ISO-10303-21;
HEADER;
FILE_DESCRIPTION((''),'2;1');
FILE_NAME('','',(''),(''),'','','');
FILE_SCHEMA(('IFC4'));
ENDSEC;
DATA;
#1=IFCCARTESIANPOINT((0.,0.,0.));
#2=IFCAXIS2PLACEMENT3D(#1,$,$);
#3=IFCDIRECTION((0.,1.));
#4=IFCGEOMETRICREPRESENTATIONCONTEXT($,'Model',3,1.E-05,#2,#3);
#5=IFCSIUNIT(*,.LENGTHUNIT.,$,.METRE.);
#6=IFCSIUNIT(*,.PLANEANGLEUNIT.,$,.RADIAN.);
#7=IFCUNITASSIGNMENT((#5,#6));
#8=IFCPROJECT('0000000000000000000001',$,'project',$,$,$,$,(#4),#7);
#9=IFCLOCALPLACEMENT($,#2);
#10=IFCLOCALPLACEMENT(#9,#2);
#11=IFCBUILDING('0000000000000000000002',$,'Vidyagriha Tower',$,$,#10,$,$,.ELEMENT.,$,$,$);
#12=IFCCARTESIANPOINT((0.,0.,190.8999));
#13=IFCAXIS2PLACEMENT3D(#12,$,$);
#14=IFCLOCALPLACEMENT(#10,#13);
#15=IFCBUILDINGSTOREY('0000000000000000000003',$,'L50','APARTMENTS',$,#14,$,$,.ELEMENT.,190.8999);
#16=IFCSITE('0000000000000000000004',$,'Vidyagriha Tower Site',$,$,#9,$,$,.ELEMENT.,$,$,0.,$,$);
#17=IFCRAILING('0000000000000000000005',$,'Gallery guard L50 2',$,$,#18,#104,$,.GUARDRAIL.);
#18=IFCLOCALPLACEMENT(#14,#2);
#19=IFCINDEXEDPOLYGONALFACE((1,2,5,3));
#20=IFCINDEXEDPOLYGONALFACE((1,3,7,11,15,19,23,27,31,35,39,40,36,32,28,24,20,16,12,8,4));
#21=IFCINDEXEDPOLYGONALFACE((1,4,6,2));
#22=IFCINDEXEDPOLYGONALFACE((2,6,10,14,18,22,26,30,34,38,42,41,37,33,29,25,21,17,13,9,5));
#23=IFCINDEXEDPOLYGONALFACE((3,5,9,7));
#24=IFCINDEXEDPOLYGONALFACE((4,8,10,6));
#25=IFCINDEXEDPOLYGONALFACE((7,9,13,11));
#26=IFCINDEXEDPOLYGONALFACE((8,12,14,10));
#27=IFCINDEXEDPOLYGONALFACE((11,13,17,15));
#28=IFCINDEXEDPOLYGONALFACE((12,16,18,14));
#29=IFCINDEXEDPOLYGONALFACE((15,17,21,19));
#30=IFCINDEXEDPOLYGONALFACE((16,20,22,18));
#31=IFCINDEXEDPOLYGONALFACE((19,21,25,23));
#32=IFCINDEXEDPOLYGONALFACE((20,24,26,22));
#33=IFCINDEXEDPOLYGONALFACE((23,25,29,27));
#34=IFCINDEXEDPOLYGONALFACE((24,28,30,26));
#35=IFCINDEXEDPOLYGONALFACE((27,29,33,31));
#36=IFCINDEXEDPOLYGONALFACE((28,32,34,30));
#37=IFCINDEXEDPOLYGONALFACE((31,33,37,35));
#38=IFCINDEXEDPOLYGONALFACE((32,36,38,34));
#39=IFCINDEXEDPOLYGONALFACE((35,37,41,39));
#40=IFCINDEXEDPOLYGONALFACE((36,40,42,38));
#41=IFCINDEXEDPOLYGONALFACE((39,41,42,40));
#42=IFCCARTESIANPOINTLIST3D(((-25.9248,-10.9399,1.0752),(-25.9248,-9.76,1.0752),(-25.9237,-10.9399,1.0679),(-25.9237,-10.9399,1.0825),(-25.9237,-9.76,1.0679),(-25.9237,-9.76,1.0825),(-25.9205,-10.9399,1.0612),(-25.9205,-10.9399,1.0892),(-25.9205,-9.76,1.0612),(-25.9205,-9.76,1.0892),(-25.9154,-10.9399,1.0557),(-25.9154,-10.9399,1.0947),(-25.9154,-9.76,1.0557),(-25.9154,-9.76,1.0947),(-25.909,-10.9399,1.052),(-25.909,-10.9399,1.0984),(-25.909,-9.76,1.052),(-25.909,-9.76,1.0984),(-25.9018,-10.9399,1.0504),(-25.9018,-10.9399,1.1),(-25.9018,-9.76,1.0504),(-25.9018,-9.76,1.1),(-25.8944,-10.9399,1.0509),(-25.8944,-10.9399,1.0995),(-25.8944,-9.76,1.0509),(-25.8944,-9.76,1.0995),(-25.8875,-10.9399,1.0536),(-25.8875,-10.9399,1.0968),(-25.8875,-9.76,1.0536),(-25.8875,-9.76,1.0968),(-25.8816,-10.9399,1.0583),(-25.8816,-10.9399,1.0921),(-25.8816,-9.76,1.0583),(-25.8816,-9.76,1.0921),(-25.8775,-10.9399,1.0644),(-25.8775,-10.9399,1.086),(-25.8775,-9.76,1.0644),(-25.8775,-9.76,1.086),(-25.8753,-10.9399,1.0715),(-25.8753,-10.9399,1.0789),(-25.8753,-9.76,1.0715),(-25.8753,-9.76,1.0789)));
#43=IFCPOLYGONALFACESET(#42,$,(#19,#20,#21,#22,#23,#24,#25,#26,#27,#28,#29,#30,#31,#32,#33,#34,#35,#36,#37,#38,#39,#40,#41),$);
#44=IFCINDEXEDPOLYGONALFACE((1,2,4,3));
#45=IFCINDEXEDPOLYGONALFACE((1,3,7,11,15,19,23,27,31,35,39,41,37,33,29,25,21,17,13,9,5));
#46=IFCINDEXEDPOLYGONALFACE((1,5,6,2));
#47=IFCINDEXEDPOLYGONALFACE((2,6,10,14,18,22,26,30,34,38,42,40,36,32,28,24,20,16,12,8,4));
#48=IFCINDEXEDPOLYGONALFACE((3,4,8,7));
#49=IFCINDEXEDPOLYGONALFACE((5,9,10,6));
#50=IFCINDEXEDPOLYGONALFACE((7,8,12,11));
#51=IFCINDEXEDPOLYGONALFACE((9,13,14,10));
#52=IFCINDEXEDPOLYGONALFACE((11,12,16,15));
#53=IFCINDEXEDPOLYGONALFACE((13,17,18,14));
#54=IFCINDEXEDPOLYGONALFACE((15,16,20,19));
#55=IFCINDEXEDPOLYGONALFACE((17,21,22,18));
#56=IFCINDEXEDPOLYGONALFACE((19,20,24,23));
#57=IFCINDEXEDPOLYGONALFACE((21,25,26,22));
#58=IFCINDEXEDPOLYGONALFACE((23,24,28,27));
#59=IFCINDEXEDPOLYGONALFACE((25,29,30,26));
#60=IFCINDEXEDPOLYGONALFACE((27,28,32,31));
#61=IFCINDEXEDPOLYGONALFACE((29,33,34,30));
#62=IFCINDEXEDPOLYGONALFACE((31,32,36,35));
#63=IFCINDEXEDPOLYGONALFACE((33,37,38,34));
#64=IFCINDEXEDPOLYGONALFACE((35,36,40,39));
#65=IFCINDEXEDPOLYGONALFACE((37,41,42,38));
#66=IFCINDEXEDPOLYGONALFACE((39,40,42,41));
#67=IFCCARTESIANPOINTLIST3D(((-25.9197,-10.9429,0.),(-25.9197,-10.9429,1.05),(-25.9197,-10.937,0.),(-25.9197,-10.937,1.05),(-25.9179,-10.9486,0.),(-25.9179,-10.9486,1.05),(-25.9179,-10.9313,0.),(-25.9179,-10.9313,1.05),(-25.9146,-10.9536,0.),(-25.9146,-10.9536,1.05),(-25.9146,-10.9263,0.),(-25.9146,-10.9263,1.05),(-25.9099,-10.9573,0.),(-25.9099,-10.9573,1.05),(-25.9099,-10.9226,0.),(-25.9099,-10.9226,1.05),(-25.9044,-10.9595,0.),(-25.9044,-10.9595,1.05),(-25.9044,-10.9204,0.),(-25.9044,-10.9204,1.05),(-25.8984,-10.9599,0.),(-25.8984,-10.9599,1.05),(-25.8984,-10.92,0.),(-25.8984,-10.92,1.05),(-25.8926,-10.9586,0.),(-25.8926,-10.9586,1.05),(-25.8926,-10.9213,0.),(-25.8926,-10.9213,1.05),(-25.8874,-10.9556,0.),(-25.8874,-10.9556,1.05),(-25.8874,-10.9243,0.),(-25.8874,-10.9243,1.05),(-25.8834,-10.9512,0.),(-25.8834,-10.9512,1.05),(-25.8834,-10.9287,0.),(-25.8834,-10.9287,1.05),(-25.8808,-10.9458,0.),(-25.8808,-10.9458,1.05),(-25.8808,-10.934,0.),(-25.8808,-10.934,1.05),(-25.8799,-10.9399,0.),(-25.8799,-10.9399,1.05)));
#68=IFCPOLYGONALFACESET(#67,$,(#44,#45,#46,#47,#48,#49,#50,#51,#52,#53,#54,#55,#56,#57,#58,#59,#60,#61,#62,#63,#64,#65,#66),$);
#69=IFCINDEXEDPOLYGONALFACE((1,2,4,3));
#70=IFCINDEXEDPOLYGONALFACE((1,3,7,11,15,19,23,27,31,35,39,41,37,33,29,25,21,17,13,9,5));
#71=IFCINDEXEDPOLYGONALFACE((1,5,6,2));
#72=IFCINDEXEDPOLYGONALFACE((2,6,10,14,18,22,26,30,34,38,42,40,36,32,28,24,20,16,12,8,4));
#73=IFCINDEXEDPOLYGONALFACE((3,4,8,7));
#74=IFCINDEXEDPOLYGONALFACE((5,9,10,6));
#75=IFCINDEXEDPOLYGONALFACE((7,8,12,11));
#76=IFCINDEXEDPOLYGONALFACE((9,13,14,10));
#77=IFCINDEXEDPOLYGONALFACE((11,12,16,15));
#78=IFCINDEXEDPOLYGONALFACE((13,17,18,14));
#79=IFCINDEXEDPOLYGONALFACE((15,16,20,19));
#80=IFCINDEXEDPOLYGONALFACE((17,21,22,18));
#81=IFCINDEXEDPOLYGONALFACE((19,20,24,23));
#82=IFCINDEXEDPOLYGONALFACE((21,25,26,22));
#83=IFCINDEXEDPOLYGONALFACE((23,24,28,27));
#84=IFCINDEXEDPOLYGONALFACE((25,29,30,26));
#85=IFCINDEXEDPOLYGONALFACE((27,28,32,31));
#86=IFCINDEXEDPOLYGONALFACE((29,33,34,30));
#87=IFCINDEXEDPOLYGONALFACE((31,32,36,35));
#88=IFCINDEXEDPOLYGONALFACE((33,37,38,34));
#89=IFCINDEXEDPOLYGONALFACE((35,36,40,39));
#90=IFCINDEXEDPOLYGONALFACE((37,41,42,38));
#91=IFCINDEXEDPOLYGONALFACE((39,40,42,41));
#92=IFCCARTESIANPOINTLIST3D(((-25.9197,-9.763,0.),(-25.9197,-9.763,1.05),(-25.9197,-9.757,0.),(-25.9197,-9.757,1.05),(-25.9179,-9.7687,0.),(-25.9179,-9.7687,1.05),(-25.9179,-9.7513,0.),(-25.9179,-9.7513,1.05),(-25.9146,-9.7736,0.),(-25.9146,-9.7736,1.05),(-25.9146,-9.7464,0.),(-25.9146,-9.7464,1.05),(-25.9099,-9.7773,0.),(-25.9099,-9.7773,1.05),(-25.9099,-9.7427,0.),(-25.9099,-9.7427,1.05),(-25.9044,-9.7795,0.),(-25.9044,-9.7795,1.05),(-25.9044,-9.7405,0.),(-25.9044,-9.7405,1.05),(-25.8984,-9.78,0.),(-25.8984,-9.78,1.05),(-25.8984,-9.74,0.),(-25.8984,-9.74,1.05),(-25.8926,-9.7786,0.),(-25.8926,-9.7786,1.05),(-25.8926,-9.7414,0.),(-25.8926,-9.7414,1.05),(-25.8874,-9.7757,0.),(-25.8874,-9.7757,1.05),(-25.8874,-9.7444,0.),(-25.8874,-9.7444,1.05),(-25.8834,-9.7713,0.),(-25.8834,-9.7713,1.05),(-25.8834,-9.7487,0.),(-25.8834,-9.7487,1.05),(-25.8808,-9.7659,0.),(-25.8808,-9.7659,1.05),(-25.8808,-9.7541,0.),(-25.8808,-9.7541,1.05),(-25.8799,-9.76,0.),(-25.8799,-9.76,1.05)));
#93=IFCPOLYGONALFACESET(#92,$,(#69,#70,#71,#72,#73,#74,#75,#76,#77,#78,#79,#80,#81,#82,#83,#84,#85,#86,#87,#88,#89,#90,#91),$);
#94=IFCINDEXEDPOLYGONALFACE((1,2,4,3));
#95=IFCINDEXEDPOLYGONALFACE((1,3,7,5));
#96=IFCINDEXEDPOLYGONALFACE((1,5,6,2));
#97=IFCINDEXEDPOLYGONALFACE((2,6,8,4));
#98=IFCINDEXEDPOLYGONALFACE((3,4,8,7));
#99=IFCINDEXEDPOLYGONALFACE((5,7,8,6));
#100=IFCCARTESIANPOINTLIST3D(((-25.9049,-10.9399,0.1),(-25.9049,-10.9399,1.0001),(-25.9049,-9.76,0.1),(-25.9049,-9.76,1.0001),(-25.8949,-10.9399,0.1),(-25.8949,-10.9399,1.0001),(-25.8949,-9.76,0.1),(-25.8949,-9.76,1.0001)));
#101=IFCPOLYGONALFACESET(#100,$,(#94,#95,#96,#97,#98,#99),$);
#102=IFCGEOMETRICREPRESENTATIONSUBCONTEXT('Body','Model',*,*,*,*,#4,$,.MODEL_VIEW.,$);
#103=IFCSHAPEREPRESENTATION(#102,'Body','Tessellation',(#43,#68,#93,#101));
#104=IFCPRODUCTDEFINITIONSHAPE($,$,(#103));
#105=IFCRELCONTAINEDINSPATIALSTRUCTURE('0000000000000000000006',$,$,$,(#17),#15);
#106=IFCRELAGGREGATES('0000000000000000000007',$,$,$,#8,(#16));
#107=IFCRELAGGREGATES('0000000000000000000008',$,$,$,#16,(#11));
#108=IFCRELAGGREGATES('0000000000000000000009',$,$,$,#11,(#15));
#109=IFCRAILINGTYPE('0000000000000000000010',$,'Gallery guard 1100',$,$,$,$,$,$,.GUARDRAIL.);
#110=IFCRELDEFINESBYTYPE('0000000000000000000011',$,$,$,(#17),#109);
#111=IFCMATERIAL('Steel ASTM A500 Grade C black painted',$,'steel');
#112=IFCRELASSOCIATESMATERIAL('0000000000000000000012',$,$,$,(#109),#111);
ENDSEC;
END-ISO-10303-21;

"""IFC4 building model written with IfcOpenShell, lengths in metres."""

from ifc_helpers import new_model, si_unit, direction, frame, origin, origin_2d, place, context, subcontext, project, spatial, rectangle, circle, extrude, material, type_object, element, save


model = new_model("IFC4")

# Units and contexts
model_context = context("Model", 3, precision=1e-05, world=origin(), true_north=direction((0.0, 1.0)))
body_context = subcontext(model_context, "Body", "Model", "MODEL_VIEW")
ifc_project = project(units=[si_unit("LENGTHUNIT", "METRE"), si_unit("PLANEANGLEUNIT", "RADIAN")], contexts=[model_context])

# Site, building, storey
site_placement = place(None, origin())
site = spatial("IfcSite", under=ifc_project, at=site_placement, Name="Vidyagriha Tower Site", CompositionType="ELEMENT", RefElevation=0.0)
building_placement = place(site_placement, origin())
building = spatial("IfcBuilding", under=site, at=building_placement, Name="Vidyagriha Tower", CompositionType="ELEMENT")
storey_placement = place(building_placement, frame((0.0, 0.0, 190.8999)))
storey = spatial("IfcBuildingStorey", under=building, at=storey_placement, Name="L50", Description="APARTMENTS", CompositionType="ELEMENT", Elevation=190.8999)

# Railing
ifc_material_1 = material(Name="Steel ASTM A500 Grade C black painted", Category="steel")
railing_type_1 = type_object("IfcRailingType", Name="Gallery guard 1100", PredefinedType="GUARDRAIL", material=ifc_material_1)
railing_1_placement = place(storey_placement, frame((-25.8999, -10.9399, 0.0)))
element("IfcRailing", 1, at=railing_1_placement, inside=storey, type_object=railing_type_1, Name="Gallery guard L50 2", PredefinedType="GUARDRAIL", context=body_context, shape_type="SweptSolid", body=[
    extrude(circle(Radius=0.0249, at=origin_2d()), frame((0.0, 0.0, 1.0752), z_axis=(0.0, 1.0, 0.0), x_axis=(-1.0, 0.0, 0.0)), (0.0, 0.0, 1.0), 1.1799),
    extrude(circle(Radius=0.02, at=origin_2d()), origin(), (0.0, 0.0, 1.0), 1.05),
    extrude(circle(Radius=0.02, at=origin_2d()), frame((0.0, 1.1799, 0.0)), (0.0, 0.0, 1.0), 1.05),
    extrude(rectangle(XDim=0.01, YDim=0.9001, at=origin_2d()), frame((0.0, 0.0, 0.55), z_axis=(0.0, 1.0, 0.0), x_axis=(-1.0, 0.0, 0.0)), (0.0, 0.0, 1.0), 1.1799),
])

save(model, "model.ifc")
